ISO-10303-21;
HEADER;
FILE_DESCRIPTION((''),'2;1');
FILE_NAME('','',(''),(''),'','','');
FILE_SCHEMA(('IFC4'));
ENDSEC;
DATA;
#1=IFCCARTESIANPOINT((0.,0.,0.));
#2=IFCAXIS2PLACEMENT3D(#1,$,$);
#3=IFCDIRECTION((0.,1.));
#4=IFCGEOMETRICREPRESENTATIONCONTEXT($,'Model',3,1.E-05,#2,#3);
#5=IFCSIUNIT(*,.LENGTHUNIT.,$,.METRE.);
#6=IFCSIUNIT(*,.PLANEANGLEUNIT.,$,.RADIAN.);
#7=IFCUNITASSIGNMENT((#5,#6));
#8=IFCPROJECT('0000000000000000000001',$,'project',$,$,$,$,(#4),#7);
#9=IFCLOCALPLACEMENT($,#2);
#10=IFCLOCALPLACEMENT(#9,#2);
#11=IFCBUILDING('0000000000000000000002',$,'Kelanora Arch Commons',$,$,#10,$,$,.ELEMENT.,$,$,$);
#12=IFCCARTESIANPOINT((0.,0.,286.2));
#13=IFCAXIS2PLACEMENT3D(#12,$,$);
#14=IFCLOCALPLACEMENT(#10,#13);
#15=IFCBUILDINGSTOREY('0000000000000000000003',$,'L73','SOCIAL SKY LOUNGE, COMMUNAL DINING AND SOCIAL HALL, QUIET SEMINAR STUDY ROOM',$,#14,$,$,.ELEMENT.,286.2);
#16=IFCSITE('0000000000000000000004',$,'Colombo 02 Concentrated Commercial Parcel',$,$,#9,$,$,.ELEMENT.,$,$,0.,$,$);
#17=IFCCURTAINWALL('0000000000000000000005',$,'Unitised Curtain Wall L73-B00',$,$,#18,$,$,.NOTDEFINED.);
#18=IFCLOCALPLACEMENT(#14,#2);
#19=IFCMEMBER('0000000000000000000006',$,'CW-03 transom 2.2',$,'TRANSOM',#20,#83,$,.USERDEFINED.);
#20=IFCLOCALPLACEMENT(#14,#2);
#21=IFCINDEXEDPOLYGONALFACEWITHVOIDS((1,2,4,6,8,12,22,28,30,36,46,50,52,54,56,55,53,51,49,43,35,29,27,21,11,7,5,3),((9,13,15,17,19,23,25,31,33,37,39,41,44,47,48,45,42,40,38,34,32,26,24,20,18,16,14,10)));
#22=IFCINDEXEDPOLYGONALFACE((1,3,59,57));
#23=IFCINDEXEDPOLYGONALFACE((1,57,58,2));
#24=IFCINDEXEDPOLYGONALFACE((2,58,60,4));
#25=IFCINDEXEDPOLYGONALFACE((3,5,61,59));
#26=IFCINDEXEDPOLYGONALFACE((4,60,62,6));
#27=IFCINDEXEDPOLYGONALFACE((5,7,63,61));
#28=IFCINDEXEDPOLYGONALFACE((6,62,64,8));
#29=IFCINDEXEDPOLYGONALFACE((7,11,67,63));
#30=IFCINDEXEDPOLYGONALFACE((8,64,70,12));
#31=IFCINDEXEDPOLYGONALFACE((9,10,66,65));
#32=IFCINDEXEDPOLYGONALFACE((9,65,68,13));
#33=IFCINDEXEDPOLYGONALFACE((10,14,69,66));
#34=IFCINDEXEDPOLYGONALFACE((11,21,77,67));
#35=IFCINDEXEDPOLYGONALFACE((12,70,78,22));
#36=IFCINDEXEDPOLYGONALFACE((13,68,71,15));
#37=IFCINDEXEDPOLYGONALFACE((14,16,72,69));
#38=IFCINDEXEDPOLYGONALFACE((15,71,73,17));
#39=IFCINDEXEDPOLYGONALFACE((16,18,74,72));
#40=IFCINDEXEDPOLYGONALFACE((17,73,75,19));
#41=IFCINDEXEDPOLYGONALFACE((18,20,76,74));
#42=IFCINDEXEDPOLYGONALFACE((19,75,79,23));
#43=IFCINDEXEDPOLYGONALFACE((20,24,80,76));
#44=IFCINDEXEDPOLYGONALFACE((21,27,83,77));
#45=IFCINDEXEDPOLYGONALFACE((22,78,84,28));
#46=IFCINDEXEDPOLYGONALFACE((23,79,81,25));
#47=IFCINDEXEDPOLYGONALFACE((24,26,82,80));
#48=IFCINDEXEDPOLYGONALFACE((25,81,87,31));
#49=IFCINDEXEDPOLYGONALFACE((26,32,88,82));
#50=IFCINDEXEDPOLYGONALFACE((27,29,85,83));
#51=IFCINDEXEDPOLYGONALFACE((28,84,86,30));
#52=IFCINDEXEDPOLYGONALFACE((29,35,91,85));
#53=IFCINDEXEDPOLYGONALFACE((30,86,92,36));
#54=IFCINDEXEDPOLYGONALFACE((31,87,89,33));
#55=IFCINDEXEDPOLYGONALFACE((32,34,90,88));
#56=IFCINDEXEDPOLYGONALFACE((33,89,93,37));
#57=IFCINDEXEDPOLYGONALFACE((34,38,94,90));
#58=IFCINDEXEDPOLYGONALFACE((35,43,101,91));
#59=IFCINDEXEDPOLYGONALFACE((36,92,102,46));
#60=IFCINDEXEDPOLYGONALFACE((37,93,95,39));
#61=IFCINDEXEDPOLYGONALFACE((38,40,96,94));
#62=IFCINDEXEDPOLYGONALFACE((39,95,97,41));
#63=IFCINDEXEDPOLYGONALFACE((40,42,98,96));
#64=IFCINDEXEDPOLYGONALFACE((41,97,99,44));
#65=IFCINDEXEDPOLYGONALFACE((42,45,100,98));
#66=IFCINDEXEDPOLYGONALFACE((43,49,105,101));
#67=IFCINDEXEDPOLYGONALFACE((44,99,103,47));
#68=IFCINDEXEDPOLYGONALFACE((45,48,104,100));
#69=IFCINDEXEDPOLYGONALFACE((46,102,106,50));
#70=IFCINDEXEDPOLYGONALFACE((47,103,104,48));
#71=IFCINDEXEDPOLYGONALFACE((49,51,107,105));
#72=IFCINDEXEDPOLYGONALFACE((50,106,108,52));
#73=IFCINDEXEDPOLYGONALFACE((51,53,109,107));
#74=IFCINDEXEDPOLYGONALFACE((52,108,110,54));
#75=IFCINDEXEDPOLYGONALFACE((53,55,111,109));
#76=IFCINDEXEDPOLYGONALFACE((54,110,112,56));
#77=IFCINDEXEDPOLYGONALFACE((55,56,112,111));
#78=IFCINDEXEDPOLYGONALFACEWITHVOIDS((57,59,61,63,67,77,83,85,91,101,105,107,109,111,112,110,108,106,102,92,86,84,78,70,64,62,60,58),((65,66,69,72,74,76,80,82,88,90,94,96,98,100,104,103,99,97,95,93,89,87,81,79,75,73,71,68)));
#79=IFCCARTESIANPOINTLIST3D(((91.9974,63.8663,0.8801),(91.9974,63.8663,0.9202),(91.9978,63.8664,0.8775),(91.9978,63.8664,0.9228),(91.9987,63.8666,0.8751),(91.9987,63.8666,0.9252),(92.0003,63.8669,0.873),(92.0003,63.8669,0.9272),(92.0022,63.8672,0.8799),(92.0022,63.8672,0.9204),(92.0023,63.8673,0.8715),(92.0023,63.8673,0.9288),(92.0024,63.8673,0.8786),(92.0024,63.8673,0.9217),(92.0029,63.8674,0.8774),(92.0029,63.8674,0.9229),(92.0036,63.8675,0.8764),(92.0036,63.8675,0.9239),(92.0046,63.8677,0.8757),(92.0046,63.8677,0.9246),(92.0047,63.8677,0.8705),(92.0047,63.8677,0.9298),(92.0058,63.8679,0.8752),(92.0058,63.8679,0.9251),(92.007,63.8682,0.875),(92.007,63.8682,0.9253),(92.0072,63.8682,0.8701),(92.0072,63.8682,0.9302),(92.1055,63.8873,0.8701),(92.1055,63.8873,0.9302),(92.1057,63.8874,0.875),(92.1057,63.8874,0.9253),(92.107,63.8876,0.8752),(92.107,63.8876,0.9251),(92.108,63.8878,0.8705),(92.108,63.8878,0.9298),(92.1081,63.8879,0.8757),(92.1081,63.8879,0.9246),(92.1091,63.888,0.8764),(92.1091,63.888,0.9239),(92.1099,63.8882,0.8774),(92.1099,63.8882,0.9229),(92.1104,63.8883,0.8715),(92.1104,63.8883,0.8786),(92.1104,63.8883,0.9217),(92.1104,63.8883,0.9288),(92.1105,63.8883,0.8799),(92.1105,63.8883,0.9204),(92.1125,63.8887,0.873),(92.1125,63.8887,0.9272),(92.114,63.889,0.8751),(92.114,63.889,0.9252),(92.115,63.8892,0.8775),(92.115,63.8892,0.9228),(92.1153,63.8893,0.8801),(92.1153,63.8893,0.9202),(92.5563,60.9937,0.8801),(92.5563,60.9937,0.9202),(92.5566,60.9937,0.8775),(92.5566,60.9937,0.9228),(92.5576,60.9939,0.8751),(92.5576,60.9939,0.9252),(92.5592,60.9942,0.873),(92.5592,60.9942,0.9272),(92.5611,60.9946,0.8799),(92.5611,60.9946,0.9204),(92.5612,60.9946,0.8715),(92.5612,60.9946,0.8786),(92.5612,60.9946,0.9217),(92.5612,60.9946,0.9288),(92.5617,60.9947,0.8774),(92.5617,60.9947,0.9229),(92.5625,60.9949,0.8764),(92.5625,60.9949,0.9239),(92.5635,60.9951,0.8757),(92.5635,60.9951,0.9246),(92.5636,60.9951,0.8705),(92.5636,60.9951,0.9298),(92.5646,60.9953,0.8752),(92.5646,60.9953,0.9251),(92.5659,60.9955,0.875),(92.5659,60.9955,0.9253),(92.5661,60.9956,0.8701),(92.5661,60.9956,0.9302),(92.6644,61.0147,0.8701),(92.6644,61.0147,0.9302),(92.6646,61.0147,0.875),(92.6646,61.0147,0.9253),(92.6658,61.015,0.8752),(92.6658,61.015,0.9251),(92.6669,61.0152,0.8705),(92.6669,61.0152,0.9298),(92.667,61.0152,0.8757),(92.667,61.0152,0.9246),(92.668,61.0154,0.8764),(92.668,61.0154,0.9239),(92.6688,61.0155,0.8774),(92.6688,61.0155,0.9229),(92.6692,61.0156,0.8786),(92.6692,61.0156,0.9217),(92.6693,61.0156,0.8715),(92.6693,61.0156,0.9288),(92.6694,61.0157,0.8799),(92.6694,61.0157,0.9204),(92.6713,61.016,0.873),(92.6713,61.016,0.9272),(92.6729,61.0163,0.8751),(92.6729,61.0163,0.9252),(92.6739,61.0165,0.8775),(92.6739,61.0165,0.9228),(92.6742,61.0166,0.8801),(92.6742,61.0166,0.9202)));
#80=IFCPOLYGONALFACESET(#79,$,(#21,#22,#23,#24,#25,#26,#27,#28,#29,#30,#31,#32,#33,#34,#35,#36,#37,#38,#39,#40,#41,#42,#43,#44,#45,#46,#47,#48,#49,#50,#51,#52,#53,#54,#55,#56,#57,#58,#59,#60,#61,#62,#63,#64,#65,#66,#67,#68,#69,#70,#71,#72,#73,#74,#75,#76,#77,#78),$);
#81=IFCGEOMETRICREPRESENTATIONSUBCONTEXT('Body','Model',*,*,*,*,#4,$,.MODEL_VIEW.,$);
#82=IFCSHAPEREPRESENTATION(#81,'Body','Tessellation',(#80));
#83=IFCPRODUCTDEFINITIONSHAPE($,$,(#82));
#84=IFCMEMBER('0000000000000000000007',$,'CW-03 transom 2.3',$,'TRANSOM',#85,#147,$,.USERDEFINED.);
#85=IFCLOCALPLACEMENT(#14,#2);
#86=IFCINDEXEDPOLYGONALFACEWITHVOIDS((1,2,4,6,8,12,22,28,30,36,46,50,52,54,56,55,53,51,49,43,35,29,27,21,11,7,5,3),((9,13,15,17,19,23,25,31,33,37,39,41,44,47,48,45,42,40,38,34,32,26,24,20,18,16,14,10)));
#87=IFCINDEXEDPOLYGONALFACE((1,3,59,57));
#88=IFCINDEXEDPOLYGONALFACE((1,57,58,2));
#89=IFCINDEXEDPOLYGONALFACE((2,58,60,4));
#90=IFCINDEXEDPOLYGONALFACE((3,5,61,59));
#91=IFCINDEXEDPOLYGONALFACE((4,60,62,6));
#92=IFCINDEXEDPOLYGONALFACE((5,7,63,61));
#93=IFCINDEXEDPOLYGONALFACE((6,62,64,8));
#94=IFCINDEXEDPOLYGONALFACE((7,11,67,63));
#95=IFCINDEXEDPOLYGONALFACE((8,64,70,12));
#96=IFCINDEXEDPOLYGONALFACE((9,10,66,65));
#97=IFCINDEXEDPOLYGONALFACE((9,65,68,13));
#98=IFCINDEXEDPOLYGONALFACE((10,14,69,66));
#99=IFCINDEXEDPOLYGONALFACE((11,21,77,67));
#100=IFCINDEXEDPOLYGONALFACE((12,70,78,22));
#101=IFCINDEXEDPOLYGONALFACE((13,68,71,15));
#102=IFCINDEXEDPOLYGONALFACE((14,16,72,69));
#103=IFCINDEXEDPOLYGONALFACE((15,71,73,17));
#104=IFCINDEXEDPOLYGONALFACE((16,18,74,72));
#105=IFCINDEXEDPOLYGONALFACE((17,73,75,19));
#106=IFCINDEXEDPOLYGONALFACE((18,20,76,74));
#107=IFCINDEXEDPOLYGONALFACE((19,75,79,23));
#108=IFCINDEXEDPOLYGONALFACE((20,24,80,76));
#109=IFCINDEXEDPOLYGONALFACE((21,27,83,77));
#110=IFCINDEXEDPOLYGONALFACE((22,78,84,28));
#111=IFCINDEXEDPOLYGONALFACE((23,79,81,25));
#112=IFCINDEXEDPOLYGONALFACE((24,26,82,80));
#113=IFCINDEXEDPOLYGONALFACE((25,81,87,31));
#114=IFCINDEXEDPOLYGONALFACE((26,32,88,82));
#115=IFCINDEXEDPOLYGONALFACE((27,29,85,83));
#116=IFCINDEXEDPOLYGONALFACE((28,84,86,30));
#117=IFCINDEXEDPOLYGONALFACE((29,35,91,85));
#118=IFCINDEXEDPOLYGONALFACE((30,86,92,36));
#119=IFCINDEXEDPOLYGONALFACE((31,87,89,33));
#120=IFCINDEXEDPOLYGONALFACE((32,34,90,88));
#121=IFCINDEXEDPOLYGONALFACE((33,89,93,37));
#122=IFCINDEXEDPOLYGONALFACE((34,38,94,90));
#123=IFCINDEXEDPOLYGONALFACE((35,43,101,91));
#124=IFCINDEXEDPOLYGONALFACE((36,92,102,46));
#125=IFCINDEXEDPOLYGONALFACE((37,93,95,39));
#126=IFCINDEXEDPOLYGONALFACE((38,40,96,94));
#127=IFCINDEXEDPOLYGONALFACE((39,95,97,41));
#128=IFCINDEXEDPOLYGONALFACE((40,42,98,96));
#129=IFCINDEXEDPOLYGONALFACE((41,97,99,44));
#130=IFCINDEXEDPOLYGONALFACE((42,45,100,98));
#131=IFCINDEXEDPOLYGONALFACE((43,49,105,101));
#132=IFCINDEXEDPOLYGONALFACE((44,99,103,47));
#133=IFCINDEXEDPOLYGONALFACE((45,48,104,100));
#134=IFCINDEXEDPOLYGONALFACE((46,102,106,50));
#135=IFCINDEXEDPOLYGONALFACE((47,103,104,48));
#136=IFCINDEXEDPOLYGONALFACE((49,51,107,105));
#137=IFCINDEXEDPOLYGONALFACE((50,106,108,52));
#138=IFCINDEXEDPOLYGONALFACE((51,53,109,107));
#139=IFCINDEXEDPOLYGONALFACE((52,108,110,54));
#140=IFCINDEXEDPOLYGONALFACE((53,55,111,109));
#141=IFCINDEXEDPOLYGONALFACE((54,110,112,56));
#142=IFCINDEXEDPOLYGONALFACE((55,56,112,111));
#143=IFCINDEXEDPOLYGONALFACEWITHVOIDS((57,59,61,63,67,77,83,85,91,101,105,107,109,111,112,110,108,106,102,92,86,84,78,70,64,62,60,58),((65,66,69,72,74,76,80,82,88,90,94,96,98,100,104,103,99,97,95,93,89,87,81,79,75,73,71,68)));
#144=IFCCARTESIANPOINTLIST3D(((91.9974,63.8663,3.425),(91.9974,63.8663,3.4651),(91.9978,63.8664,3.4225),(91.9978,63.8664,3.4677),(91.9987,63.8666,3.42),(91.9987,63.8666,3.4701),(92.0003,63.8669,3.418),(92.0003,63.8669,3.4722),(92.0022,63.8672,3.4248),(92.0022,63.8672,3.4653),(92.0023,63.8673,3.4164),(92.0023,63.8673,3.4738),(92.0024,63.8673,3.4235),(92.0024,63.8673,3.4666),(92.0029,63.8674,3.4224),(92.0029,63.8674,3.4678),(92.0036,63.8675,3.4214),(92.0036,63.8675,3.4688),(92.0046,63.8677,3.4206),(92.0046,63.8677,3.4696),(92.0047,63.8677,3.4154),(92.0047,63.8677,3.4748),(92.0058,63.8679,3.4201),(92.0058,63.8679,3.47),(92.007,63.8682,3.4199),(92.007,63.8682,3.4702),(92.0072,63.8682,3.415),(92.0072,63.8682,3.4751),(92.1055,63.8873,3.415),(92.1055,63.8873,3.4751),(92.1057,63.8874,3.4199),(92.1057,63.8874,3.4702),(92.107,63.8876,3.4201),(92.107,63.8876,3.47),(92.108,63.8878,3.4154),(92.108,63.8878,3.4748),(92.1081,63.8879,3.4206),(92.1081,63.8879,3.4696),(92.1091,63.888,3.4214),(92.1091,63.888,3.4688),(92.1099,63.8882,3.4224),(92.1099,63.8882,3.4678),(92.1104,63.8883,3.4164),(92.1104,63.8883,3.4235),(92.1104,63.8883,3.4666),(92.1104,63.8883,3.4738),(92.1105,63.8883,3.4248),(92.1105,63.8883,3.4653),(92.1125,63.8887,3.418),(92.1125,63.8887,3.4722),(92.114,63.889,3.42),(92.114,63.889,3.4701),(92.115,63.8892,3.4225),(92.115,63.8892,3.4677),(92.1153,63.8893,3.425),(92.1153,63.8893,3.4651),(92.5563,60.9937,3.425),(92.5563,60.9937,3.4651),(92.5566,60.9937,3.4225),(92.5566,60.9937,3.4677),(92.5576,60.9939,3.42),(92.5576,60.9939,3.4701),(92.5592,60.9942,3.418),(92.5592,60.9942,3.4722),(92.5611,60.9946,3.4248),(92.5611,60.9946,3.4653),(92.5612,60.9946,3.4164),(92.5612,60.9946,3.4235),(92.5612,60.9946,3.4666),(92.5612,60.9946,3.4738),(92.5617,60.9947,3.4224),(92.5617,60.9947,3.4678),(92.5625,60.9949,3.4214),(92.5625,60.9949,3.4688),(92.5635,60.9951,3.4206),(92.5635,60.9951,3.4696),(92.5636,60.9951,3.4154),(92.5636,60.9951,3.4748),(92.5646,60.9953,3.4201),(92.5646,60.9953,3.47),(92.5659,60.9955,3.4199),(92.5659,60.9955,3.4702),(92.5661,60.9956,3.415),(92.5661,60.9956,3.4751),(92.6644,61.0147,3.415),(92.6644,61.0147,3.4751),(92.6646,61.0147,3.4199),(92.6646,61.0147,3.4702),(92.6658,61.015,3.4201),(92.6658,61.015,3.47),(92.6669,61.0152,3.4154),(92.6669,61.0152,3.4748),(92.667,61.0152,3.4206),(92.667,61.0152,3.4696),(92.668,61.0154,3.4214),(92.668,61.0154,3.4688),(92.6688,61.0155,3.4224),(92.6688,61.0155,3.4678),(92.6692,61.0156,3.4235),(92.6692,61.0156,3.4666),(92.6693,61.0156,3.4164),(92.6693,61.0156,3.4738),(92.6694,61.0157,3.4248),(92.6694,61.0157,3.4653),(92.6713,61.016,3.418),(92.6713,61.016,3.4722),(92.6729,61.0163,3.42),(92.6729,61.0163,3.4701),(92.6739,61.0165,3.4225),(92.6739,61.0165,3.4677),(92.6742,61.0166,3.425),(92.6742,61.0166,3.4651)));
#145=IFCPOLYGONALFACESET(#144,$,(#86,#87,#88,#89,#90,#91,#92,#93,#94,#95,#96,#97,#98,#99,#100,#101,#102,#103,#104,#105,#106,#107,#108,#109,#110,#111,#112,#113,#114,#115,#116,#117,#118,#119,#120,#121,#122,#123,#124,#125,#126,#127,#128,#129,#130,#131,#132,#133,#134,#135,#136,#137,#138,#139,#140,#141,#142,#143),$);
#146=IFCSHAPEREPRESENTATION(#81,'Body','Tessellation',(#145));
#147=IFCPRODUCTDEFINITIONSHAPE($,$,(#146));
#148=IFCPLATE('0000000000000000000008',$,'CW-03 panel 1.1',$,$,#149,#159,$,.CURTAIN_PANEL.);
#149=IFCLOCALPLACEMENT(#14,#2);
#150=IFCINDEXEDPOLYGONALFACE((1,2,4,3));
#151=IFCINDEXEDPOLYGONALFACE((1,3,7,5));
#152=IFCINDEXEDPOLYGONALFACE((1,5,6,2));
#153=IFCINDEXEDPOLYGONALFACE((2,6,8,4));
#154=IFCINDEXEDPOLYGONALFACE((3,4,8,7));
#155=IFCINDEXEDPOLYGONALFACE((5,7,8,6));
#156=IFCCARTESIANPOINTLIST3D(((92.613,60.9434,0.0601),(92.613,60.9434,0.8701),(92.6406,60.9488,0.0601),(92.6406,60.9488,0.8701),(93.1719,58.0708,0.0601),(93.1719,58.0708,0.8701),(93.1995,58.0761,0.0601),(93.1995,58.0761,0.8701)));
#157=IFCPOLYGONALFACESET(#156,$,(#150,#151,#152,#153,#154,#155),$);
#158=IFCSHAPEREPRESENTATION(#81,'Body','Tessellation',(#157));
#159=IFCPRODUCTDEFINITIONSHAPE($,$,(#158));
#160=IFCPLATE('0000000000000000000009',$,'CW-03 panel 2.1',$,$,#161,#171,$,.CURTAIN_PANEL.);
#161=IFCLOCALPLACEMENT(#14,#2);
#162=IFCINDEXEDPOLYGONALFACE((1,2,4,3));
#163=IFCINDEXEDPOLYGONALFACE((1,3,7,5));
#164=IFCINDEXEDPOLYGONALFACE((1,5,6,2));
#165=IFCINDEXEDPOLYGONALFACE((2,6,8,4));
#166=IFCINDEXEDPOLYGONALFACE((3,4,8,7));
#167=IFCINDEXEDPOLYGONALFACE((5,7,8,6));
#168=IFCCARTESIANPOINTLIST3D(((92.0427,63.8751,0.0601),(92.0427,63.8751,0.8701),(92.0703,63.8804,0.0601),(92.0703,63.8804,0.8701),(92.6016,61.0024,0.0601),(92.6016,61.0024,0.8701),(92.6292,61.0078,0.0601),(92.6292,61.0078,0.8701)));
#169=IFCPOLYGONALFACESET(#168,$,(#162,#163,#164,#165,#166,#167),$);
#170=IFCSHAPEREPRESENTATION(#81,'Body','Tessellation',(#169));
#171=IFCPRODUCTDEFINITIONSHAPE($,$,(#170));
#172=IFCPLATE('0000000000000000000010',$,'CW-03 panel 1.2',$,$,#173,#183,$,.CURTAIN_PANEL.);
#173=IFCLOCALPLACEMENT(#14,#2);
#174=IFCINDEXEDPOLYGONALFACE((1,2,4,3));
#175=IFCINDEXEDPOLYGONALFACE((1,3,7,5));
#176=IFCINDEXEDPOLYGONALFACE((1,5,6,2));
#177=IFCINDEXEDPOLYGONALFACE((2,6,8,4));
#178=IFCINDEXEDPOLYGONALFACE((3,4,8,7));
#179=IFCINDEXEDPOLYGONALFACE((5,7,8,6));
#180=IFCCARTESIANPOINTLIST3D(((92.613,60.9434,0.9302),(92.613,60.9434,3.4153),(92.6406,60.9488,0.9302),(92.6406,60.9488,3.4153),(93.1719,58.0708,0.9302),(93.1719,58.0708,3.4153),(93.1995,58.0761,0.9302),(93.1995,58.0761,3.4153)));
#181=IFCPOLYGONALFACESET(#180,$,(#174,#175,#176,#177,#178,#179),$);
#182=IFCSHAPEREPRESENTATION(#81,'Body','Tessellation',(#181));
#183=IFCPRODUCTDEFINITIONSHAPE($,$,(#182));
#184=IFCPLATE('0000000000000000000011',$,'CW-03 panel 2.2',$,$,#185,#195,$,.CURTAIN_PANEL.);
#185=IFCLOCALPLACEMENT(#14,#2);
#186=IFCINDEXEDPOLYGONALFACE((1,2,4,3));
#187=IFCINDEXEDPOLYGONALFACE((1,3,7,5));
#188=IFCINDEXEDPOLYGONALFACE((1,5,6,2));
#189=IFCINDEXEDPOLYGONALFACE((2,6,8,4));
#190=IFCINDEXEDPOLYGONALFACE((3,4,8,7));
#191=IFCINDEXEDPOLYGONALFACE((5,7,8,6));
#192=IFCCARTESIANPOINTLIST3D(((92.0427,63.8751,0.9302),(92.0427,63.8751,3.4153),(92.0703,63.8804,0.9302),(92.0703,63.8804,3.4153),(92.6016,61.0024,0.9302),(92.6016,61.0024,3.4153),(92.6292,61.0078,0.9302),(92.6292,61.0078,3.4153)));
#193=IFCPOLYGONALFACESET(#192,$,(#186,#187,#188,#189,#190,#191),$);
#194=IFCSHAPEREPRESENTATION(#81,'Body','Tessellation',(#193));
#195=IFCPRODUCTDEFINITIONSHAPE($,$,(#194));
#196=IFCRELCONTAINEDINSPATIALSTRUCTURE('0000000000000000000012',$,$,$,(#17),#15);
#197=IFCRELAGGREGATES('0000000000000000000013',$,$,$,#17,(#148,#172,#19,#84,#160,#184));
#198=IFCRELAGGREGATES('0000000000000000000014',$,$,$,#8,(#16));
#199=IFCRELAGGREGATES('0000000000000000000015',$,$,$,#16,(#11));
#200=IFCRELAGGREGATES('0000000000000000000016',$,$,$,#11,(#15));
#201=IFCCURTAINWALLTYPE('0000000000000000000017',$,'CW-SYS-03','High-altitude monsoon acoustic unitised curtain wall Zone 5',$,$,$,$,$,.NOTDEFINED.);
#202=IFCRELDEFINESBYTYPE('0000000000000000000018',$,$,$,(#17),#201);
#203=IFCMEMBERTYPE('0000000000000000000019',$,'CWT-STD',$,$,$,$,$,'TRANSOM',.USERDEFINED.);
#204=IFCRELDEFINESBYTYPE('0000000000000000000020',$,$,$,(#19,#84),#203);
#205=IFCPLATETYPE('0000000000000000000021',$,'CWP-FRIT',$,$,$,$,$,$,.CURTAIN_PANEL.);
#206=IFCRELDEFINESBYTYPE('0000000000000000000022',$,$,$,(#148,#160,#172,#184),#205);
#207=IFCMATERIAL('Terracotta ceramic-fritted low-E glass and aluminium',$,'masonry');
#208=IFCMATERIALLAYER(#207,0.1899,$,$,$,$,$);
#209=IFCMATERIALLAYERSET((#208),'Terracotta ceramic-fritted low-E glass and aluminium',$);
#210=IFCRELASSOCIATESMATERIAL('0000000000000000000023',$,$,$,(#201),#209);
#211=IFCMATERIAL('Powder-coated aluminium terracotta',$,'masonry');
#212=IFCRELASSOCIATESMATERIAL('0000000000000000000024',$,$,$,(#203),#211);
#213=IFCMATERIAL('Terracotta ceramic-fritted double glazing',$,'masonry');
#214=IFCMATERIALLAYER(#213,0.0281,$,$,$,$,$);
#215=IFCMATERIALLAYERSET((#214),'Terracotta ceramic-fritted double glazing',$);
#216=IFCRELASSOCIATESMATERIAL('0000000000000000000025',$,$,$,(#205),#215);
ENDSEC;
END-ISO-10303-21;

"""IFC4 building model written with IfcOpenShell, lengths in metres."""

from ifc_helpers import new_model, si_unit, direction, frame, origin, origin_2d, place, context, subcontext, project, spatial, rectangle, hollow_rectangle, extrude, source, transform, mapped, material, layer, layer_set, material_profile, profile_set, type_object, element, aggregate, save


model = new_model("IFC4")

# Units and contexts
model_context = context("Model", 3, precision=1e-05, world=origin(), true_north=direction((0.0, 1.0)))
body_context = subcontext(model_context, "Body", "Model", "MODEL_VIEW")
ifc_project = project(units=[si_unit("LENGTHUNIT", "METRE"), si_unit("PLANEANGLEUNIT", "RADIAN")], contexts=[model_context])

# Site, building, storey
site_placement = place(None, origin())
site = spatial("IfcSite", under=ifc_project, at=site_placement, Name="Colombo 02 Concentrated Commercial Parcel", CompositionType="ELEMENT", RefElevation=0.0)
building_placement = place(site_placement, origin())
building = spatial("IfcBuilding", under=site, at=building_placement, Name="Kelanora Arch Commons", CompositionType="ELEMENT")
storey_placement = place(building_placement, frame((0.0, 0.0, 286.2)))
storey = spatial("IfcBuildingStorey", under=building, at=storey_placement, Name="L73", Description="SOCIAL SKY LOUNGE, COMMUNAL DINING AND SOCIAL HALL, QUIET SEMINAR STUDY ROOM", CompositionType="ELEMENT", Elevation=286.2)

# Curtain wall, members, plates
ifc_material_1 = material(Name="Terracotta ceramic-fritted low-E glass and aluminium", Category="masonry")
ifc_layer_1 = layer(ifc_material_1, 0.1899)
ifc_layer_set_1 = layer_set([ifc_layer_1], Name="Terracotta ceramic-fritted low-E glass and aluminium")
curtain_wall_type = type_object("IfcCurtainWallType", Name="CW-SYS-03", Description="High-altitude monsoon acoustic unitised curtain wall Zone 5", PredefinedType="NOTDEFINED", material=ifc_layer_set_1)
curtain_wall_placement = place(storey_placement, origin())
curtain_wall = element("IfcCurtainWall", 1, at=curtain_wall_placement, inside=storey, type_object=curtain_wall_type, Name="Unitised Curtain Wall L73-B00", PredefinedType="NOTDEFINED")
ifc_material_2 = material(Name="Powder-coated aluminium terracotta", Category="masonry")
ifc_material_profile_1 = material_profile(ifc_material_2, hollow_rectangle(XDim=0.1201, YDim=0.0601, WallThickness=0.0049, InnerFilletRadius=0.0049, OuterFilletRadius=0.01, at=origin_2d()), Name="CWT120x60")
ifc_profile_set_1 = profile_set([ifc_material_profile_1], Name="Powder-coated aluminium terracotta")
member_type_1 = type_object("IfcMemberType", Name="CWT-STD", ElementType="TRANSOM", PredefinedType="USERDEFINED", material=ifc_profile_set_1)
member_1_placement = place(storey_placement, frame((92.6152, 61.0051, 0.9001), z_axis=(-0.190963, 0.981597, 0.0), x_axis=(-0.981597, -0.190963, 0.0)))
member_1 = element("IfcMember", 2, at=member_1_placement, type_object=member_type_1, Name="CW-03 transom 2.2", ObjectType="TRANSOM", PredefinedType="USERDEFINED", context=body_context, shape_type="SweptSolid", body=[
    extrude(hollow_rectangle(XDim=0.1201, YDim=0.0601, WallThickness=0.0049, InnerFilletRadius=0.0049, OuterFilletRadius=0.01, at=origin_2d()), origin(), (0.0, 0.0, 1.0), 2.9265),
])
member_2_placement = place(storey_placement, frame((92.6152, 61.0051, 3.4451), z_axis=(-0.190963, 0.981597, 0.0), x_axis=(-0.981597, -0.190963, 0.0)))
member_2 = element("IfcMember", 3, at=member_2_placement, type_object=member_type_1, Name="CW-03 transom 2.3", ObjectType="TRANSOM", PredefinedType="USERDEFINED", context=body_context, shape_type="SweptSolid", body=[
    extrude(hollow_rectangle(XDim=0.1201, YDim=0.0601, WallThickness=0.0049, InnerFilletRadius=0.0049, OuterFilletRadius=0.01, at=origin_2d()), origin(), (0.0, 0.0, 1.0), 2.9265),
])
ifc_material_3 = material(Name="Terracotta ceramic-fritted double glazing", Category="masonry")
ifc_layer_2 = layer(ifc_material_3, 0.0281)
ifc_layer_set_2 = layer_set([ifc_layer_2], Name="Terracotta ceramic-fritted double glazing")
plate_type = type_object("IfcPlateType", Name="CWP-FRIT", PredefinedType="CURTAIN_PANEL", material=ifc_layer_set_2)
shared_shape_1 = source(origin(), body_context, "Body", "SweptSolid", [
    extrude(rectangle(XDim=2.9265, YDim=0.0281, at=origin_2d()), origin(), (0.0, 0.0, 1.0), 0.8101),
])
plate_1_placement = place(storey_placement, frame((92.9062, 59.5098, 0.0601), z_axis=(0.0, 0.0, 1.0), x_axis=(-0.190972, 0.981596, 0.0)))
plate_1 = element("IfcPlate", 4, at=plate_1_placement, type_object=plate_type, Name="CW-03 panel 1.1", PredefinedType="CURTAIN_PANEL", context=body_context, shape_type="MappedRepresentation", body=[
    mapped(shared_shape_1, transform((0.0, 0.0, 0.0), scale=1.0)),
])
plate_2_placement = place(storey_placement, frame((92.3359, 62.4414, 0.0601), z_axis=(0.0, 0.0, 1.0), x_axis=(-0.190972, 0.981596, 0.0)))
plate_2 = element("IfcPlate", 5, at=plate_2_placement, type_object=plate_type, Name="CW-03 panel 2.1", PredefinedType="CURTAIN_PANEL", context=body_context, shape_type="MappedRepresentation", body=[
    mapped(shared_shape_1, transform((0.0, 0.0, 0.0), scale=1.0)),
])
shared_shape_2 = source(origin(), body_context, "Body", "SweptSolid", [
    extrude(rectangle(XDim=2.9265, YDim=0.0281, at=origin_2d()), origin(), (0.0, 0.0, 1.0), 2.4851),
])
plate_3_placement = place(storey_placement, frame((92.9062, 59.5098, 0.9302), z_axis=(0.0, 0.0, 1.0), x_axis=(-0.190972, 0.981596, 0.0)))
plate_3 = element("IfcPlate", 6, at=plate_3_placement, type_object=plate_type, Name="CW-03 panel 1.2", PredefinedType="CURTAIN_PANEL", context=body_context, shape_type="MappedRepresentation", body=[
    mapped(shared_shape_2, transform((0.0, 0.0, 0.0), scale=1.0)),
])
plate_4_placement = place(storey_placement, frame((92.3359, 62.4414, 0.9302), z_axis=(0.0, 0.0, 1.0), x_axis=(-0.190972, 0.981596, 0.0)))
plate_4 = element("IfcPlate", 7, at=plate_4_placement, type_object=plate_type, Name="CW-03 panel 2.2", PredefinedType="CURTAIN_PANEL", context=body_context, shape_type="MappedRepresentation", body=[
    mapped(shared_shape_2, transform((0.0, 0.0, 0.0), scale=1.0)),
])
aggregate(curtain_wall, [plate_1, plate_3, member_1, member_2, plate_2, plate_4])

save(model, "model.ifc")
